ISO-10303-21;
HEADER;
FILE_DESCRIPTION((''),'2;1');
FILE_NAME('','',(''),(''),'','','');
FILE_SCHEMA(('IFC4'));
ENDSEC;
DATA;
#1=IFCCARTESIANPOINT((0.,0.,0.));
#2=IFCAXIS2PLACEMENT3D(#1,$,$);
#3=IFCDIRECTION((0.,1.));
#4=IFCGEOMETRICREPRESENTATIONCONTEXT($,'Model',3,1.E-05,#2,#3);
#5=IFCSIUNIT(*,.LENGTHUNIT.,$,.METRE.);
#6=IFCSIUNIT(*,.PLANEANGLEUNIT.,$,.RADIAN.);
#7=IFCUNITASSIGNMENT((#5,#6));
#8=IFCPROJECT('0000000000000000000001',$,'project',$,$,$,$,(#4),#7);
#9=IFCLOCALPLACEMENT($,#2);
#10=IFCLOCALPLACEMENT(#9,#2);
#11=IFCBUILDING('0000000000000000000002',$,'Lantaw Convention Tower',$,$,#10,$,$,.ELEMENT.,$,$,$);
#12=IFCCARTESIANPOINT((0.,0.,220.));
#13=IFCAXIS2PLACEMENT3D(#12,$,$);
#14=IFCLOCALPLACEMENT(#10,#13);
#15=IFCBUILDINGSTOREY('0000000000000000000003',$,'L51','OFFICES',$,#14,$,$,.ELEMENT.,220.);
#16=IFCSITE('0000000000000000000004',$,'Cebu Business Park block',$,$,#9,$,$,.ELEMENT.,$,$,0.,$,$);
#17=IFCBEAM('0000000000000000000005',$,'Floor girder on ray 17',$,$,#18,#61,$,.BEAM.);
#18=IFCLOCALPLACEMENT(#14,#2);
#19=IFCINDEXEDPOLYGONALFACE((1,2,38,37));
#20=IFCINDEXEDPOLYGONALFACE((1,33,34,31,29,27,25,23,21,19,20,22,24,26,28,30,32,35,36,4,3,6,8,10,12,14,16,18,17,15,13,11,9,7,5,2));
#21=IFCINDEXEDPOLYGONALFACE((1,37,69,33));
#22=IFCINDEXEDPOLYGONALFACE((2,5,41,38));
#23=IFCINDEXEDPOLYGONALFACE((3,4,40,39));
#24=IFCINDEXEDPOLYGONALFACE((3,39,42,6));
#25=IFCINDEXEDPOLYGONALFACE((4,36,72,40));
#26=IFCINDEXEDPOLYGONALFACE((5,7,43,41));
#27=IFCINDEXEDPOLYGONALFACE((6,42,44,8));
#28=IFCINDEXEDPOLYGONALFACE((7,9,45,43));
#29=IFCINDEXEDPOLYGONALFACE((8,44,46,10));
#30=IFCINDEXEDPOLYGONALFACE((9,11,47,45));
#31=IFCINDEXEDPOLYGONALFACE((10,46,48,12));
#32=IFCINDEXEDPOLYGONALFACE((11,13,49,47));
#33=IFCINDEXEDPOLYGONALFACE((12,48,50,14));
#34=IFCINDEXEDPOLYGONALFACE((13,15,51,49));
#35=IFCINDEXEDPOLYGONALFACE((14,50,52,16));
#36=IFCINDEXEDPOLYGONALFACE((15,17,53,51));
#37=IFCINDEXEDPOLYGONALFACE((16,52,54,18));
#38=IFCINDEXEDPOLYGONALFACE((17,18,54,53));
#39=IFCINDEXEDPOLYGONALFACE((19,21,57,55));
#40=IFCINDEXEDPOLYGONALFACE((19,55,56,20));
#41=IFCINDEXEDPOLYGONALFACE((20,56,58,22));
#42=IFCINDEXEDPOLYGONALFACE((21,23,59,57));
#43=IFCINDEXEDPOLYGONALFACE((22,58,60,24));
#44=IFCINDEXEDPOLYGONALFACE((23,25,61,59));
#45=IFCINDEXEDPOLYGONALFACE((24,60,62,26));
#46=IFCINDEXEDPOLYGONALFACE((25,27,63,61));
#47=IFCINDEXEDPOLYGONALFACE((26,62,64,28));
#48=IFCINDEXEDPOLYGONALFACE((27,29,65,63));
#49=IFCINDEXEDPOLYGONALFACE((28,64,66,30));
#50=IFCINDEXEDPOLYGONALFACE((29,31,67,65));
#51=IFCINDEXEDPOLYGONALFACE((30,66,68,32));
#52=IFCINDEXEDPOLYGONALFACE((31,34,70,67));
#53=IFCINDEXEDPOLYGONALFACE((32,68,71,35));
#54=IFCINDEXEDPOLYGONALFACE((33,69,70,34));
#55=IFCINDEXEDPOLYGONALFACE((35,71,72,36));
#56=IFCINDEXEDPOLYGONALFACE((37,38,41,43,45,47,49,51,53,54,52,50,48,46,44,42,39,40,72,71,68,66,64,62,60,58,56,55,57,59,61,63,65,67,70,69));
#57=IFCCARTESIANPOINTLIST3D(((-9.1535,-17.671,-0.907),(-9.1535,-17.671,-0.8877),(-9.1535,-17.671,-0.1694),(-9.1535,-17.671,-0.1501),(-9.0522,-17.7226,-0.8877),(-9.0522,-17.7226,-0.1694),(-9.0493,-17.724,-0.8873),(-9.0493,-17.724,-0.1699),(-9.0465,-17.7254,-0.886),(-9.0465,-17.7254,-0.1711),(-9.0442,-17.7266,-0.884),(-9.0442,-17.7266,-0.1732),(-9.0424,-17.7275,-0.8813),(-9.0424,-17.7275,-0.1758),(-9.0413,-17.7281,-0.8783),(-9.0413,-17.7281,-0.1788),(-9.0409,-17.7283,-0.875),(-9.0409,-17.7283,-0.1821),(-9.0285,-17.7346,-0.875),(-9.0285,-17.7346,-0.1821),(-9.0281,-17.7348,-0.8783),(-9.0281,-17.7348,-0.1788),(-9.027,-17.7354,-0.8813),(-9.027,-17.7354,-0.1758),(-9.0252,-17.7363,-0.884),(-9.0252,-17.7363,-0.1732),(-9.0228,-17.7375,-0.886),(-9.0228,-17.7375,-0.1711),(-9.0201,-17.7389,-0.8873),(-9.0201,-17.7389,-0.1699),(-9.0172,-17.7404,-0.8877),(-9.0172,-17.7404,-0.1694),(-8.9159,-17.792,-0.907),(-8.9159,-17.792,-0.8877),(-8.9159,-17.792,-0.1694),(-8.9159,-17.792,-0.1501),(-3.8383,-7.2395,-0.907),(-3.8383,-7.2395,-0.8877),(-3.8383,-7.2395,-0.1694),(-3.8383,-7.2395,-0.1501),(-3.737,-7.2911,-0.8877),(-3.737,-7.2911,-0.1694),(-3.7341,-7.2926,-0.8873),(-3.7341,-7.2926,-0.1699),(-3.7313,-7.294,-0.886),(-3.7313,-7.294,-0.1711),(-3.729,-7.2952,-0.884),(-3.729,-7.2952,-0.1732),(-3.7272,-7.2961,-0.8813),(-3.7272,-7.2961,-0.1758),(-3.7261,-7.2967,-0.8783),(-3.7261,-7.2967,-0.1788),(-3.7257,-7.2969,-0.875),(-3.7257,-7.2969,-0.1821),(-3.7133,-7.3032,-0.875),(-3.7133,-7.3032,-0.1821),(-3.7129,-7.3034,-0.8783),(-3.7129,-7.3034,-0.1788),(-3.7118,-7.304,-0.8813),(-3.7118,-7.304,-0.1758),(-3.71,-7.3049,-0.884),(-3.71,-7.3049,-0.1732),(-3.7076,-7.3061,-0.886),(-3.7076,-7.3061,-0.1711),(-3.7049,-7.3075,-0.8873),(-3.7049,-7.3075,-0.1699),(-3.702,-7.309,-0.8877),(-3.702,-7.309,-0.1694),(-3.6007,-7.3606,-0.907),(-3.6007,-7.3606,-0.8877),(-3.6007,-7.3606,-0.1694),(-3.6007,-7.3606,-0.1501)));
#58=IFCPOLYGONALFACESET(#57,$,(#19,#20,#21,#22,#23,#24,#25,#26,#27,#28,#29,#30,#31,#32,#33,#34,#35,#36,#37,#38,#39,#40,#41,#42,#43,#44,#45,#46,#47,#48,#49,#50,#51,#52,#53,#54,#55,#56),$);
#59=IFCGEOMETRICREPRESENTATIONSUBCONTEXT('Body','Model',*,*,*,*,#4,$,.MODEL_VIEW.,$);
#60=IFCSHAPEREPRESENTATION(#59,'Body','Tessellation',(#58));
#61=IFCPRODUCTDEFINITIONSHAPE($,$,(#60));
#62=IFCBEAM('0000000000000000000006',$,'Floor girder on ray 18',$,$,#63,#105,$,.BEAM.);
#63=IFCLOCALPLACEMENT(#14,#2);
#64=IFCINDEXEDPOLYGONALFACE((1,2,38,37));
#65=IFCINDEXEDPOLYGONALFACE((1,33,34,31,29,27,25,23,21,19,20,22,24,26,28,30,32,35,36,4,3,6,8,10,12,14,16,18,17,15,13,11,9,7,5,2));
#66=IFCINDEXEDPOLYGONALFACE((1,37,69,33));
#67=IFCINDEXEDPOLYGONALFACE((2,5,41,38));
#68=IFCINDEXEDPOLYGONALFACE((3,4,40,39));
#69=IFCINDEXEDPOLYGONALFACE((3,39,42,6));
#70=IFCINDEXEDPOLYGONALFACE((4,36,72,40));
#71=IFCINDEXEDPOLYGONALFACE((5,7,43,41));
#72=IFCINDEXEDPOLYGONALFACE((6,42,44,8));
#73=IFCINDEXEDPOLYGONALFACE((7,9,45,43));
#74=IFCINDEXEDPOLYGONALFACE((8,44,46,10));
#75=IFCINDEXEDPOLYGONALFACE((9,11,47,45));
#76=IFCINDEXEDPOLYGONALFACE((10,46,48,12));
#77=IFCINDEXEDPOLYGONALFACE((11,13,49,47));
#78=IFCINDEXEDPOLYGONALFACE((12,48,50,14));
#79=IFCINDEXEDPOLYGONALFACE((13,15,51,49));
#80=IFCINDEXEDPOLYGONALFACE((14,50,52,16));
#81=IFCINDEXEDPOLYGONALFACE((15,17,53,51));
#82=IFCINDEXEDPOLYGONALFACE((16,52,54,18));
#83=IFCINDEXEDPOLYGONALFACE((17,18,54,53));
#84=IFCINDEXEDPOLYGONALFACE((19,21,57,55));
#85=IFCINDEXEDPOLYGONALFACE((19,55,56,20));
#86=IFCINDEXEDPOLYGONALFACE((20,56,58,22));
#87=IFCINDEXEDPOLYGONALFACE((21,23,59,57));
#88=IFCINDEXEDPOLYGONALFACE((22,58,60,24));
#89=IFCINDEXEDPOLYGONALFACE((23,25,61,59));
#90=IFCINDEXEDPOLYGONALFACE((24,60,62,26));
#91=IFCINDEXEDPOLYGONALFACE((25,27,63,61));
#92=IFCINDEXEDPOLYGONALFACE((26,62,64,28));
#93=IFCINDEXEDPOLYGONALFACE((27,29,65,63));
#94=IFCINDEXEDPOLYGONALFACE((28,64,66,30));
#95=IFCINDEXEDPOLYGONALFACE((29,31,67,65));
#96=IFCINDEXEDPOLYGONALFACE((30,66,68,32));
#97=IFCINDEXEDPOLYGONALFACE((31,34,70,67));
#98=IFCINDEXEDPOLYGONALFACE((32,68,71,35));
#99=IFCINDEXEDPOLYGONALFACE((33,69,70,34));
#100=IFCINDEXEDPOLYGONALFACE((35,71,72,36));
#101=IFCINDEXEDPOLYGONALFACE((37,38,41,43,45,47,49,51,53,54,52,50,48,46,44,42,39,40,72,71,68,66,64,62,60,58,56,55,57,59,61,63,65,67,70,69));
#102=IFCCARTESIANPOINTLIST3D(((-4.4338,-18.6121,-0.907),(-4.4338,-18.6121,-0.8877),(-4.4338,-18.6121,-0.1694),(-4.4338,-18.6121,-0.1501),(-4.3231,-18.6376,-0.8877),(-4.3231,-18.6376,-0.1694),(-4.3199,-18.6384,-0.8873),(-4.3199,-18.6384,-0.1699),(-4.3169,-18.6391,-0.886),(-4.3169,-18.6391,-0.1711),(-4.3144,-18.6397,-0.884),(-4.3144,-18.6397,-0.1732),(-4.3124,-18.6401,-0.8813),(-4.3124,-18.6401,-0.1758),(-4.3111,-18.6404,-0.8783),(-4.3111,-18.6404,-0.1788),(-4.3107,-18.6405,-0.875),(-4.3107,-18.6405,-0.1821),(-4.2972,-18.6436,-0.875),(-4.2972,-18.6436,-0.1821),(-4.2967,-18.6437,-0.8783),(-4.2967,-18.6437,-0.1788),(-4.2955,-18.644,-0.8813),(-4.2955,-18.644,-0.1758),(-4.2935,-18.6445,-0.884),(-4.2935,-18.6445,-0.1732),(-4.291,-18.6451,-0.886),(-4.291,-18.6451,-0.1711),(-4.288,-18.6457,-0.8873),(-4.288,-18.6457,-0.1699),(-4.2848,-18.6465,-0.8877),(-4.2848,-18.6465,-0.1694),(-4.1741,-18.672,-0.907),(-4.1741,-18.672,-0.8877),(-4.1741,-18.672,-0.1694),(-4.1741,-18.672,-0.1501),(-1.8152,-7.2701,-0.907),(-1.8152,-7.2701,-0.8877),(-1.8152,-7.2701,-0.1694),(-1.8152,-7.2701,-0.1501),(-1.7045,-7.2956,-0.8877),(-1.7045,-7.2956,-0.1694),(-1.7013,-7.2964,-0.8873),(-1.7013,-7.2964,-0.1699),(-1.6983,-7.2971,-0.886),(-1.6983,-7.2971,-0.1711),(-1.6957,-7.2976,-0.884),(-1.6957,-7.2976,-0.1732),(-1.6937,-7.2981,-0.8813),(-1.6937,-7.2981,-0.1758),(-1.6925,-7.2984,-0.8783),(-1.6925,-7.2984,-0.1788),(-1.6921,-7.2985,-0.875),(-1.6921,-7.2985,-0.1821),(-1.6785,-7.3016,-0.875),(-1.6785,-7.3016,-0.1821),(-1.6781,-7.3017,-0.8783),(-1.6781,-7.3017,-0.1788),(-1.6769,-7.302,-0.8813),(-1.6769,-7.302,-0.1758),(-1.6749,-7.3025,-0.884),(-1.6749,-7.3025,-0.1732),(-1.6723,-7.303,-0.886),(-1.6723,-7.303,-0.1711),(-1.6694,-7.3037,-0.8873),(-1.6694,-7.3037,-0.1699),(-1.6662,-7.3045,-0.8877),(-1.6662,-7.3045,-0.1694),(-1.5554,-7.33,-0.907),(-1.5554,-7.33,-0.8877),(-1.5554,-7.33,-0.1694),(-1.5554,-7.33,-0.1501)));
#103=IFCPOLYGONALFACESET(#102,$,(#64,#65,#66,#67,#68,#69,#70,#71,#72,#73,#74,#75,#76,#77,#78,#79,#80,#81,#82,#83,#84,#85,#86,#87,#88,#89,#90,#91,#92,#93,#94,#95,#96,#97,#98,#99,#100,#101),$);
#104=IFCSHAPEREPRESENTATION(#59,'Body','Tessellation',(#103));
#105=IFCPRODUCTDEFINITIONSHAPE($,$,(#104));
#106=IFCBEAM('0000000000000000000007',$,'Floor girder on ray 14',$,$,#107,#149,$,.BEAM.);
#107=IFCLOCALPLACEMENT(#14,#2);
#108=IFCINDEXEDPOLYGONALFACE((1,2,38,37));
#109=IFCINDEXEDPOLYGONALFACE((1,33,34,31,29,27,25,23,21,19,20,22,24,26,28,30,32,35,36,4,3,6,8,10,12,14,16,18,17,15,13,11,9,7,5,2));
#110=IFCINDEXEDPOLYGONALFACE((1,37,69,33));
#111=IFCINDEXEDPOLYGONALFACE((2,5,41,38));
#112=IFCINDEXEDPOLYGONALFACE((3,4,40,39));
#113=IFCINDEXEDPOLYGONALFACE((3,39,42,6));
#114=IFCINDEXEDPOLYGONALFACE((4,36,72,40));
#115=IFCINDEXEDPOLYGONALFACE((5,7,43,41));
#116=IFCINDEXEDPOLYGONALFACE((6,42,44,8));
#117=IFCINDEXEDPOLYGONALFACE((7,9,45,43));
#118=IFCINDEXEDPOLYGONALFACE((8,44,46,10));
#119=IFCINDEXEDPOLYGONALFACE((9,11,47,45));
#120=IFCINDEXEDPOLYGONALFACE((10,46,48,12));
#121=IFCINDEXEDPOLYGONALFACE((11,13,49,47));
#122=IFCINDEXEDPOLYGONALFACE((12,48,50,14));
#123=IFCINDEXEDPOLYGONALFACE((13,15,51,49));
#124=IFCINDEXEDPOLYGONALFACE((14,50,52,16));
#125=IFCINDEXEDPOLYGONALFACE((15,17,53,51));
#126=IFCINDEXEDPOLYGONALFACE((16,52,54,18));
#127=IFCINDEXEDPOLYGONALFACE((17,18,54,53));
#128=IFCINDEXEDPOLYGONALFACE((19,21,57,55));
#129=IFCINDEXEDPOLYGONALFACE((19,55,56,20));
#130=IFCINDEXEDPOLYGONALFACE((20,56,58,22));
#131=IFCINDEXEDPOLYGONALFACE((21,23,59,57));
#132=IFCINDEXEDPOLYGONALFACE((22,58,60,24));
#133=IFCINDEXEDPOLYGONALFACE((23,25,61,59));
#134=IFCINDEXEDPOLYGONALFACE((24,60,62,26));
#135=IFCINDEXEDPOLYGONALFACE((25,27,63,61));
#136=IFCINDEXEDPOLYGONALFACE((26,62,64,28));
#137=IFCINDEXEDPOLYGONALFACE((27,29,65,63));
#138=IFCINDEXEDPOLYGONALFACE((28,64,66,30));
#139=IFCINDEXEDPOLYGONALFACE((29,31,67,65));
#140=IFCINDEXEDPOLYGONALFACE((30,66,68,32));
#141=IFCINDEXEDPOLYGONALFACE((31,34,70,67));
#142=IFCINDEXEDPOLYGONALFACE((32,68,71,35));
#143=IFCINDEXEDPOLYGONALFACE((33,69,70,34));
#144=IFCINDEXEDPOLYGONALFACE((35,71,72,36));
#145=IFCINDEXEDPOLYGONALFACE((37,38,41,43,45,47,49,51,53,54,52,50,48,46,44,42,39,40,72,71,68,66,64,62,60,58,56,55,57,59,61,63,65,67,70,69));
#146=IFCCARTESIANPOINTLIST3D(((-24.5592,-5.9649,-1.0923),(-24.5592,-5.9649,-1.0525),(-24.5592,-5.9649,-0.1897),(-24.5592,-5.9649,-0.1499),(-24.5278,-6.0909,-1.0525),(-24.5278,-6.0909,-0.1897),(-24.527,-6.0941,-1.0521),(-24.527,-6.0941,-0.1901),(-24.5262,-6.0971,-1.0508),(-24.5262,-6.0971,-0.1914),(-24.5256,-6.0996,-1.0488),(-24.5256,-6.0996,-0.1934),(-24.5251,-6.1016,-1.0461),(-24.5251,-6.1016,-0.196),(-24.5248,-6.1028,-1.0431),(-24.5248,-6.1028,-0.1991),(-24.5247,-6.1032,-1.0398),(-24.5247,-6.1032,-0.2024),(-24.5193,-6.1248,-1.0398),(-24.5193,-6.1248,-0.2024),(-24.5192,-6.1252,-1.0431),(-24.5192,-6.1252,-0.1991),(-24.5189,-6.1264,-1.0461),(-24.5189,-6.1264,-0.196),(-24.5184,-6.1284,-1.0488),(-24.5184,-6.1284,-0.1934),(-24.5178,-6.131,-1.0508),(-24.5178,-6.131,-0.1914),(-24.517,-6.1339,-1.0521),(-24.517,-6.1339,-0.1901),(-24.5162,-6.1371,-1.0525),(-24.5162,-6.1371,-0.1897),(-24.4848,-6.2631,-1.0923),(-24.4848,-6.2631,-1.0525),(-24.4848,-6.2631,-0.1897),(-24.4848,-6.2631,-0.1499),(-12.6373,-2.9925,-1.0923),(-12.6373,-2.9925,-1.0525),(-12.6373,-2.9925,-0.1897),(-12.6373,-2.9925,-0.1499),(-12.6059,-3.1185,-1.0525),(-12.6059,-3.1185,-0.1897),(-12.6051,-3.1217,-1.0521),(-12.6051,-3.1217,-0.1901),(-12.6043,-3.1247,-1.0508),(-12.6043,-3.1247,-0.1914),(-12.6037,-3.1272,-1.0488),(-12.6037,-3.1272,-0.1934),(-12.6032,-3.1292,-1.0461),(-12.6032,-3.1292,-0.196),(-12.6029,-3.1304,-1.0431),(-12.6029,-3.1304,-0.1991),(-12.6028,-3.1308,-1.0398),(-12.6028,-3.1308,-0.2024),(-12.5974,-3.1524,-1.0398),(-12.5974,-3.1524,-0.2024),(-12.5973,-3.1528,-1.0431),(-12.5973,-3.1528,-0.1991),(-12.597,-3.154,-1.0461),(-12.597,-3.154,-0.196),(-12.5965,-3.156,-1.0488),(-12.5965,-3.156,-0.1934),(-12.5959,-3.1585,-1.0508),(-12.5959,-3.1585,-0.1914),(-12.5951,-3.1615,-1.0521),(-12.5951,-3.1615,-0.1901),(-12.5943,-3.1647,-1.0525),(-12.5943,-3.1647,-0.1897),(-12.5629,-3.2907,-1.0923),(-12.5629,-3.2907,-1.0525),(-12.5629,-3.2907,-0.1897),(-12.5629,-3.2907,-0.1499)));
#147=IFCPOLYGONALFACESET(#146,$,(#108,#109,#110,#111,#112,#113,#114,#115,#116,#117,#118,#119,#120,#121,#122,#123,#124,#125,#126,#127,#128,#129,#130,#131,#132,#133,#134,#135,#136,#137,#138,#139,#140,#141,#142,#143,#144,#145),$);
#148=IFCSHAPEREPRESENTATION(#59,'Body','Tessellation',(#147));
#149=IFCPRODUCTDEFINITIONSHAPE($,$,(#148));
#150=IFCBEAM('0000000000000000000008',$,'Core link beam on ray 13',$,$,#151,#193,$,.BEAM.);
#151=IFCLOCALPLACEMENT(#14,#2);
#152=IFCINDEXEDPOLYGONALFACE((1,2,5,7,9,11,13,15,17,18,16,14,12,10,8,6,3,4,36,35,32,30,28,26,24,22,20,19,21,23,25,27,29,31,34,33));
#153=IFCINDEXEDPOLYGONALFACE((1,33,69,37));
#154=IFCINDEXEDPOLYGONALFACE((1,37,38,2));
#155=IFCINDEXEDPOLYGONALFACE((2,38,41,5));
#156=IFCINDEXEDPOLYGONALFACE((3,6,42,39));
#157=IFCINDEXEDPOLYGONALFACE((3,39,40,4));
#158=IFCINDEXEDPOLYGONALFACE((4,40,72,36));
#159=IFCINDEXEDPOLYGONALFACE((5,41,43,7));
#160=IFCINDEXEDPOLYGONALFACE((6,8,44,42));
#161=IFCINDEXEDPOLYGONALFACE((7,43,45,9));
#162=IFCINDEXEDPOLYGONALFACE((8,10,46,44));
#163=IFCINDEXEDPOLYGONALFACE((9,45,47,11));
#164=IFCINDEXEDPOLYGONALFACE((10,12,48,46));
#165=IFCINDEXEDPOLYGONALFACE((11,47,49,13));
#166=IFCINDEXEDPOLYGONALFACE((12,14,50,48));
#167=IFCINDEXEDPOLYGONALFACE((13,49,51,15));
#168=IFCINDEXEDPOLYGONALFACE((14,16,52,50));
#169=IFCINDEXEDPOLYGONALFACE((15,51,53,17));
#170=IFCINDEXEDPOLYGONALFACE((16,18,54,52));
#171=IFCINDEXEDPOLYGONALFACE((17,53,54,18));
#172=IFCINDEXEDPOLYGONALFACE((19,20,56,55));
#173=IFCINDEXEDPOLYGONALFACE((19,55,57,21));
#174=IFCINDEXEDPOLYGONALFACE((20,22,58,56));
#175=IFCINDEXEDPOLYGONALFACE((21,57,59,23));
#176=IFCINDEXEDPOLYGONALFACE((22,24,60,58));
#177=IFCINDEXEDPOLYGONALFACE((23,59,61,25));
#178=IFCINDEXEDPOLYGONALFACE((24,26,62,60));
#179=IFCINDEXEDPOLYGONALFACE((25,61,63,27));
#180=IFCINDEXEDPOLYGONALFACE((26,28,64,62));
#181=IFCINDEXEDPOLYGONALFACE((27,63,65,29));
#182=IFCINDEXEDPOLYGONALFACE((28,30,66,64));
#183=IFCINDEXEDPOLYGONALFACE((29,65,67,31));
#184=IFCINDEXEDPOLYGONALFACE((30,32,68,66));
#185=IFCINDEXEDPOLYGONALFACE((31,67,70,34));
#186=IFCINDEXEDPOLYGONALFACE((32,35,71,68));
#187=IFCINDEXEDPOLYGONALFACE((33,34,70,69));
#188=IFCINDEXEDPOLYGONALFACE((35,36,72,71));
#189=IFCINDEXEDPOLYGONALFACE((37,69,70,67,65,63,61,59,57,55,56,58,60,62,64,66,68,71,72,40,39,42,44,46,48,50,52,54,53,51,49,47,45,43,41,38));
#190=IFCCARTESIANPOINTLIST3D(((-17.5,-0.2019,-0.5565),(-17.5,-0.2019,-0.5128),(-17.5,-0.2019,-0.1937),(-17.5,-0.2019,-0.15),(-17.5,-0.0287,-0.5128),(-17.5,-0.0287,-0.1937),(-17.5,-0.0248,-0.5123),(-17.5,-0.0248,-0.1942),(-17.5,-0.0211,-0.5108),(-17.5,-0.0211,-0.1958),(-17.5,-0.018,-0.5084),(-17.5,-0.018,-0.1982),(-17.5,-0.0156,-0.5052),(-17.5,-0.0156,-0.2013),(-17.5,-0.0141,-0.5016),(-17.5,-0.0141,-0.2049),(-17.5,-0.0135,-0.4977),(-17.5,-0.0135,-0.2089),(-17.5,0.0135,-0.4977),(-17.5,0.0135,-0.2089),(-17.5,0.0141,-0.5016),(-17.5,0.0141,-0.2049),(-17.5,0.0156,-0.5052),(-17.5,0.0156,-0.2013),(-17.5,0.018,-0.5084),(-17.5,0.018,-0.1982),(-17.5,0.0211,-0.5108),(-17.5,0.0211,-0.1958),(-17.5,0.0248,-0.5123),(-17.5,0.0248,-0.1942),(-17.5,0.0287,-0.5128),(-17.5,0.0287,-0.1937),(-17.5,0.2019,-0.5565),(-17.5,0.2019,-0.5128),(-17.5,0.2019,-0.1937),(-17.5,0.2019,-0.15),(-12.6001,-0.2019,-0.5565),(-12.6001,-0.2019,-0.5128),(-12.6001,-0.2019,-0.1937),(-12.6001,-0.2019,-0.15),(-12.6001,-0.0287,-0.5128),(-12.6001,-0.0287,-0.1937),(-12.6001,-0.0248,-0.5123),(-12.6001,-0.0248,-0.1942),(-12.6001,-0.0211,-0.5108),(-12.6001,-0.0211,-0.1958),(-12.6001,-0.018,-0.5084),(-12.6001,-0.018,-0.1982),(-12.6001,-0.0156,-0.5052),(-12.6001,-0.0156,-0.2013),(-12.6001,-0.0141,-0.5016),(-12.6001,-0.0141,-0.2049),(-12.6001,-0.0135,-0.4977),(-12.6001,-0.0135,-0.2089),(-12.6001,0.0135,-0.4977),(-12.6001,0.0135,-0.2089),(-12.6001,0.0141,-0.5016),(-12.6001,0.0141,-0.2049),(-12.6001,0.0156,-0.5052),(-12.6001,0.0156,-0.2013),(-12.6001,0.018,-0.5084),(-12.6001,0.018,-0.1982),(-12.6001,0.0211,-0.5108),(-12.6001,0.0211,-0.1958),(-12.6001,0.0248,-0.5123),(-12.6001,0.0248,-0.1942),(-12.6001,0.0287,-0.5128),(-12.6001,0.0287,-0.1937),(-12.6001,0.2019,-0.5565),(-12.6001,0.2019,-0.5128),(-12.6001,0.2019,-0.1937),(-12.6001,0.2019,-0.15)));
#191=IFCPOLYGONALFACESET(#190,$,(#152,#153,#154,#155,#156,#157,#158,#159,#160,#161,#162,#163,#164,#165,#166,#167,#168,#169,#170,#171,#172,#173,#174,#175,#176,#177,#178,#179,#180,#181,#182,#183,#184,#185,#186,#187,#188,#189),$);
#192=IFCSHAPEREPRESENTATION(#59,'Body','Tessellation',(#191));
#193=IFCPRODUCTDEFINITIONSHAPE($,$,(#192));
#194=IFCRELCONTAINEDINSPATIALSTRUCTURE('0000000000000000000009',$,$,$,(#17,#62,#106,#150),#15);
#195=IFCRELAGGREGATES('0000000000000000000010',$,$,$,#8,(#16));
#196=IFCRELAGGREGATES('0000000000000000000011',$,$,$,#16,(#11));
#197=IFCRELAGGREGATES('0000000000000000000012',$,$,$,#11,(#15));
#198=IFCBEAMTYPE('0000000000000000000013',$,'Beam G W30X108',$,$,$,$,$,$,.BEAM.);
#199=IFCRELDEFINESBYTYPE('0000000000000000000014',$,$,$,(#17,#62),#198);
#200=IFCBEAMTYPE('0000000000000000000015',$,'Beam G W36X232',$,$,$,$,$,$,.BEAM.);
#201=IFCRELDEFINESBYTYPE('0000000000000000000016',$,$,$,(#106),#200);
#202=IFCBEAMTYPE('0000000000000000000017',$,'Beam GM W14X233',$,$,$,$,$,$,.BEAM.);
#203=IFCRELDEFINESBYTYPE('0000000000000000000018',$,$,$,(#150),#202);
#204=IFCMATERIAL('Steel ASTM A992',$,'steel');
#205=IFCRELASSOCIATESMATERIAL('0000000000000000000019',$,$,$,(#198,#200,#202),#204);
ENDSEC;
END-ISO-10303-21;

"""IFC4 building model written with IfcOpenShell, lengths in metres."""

from ifc_helpers import new_model, si_unit, direction, frame, origin, origin_2d, place, context, subcontext, project, spatial, i_section, extrude, material, material_profile, profile_set, type_object, element, save


model = new_model("IFC4")

# Units and contexts
model_context = context("Model", 3, precision=1e-05, world=origin(), true_north=direction((0.0, 1.0)))
body_context = subcontext(model_context, "Body", "Model", "MODEL_VIEW")
ifc_project = project(units=[si_unit("LENGTHUNIT", "METRE"), si_unit("PLANEANGLEUNIT", "RADIAN")], contexts=[model_context])

# Site, building, storey
site_placement = place(None, origin())
site = spatial("IfcSite", under=ifc_project, at=site_placement, Name="Cebu Business Park block", CompositionType="ELEMENT", RefElevation=0.0)
building_placement = place(site_placement, origin())
building = spatial("IfcBuilding", under=site, at=building_placement, Name="Lantaw Convention Tower", CompositionType="ELEMENT")
storey_placement = place(building_placement, frame((0.0, 0.0, 220.0)))
storey = spatial("IfcBuildingStorey", under=building, at=storey_placement, Name="L51", Description="OFFICES", CompositionType="ELEMENT", Elevation=220.0)

# Beams
ifc_material_1 = material(Name="Steel ASTM A992", Category="steel")
ifc_material_profile_1 = material_profile(ifc_material_1, i_section(OverallWidth=0.2666, OverallDepth=0.7568, WebThickness=0.0139, FlangeThickness=0.0193, FilletRadius=0.0127, at=origin_2d()), Name="W30X108")
ifc_profile_set_1 = profile_set([ifc_material_profile_1], Name="Steel ASTM A992")
beam_type_1 = type_object("IfcBeamType", Name="Beam G W30X108", PredefinedType="BEAM", material=ifc_profile_set_1)
beam_1_placement = place(storey_placement, frame((-3.7195, -7.3, -0.5286), z_axis=(-0.453999, -0.891002, 0.0), x_axis=(0.891002, -0.453999, 0.0)))
element("IfcBeam", 1, at=beam_1_placement, inside=storey, type_object=beam_type_1, Name="Floor girder on ray 17", PredefinedType="BEAM", context=body_context, shape_type="SweptSolid", body=[
    extrude(i_section(OverallWidth=0.2666, OverallDepth=0.7568, WebThickness=0.0139, FlangeThickness=0.0193, FilletRadius=0.0127, at=origin_2d()), origin(), (0.0, 0.0, 1.0), 11.7075),
])
beam_2_placement = place(storey_placement, frame((-1.6853, -7.3, -0.5286), z_axis=(-0.224962, -0.974368, 0.0), x_axis=(0.974368, -0.224962, 0.0)))
element("IfcBeam", 2, at=beam_2_placement, inside=storey, type_object=beam_type_1, Name="Floor girder on ray 18", PredefinedType="BEAM", context=body_context, shape_type="SweptSolid", body=[
    extrude(i_section(OverallWidth=0.2666, OverallDepth=0.7568, WebThickness=0.0139, FlangeThickness=0.0193, FilletRadius=0.0127, at=origin_2d()), origin(), (0.0, 0.0, 1.0), 11.6404),
])
ifc_material_profile_2 = material_profile(ifc_material_1, i_section(OverallWidth=0.3074, OverallDepth=0.9424, WebThickness=0.0222, FlangeThickness=0.0398, FilletRadius=0.0127, at=origin_2d()), Name="W36X232")
ifc_profile_set_2 = profile_set([ifc_material_profile_2], Name="Steel ASTM A992")
beam_type_2 = type_object("IfcBeamType", Name="Beam G W36X232", PredefinedType="BEAM", material=ifc_profile_set_2)
beam_3_placement = place(storey_placement, frame((-12.6001, -3.1416, -0.6211), z_axis=(-0.970297, -0.241918, 0.0), x_axis=(0.241918, -0.970297, 0.0)))
element("IfcBeam", 3, at=beam_3_placement, inside=storey, type_object=beam_type_2, Name="Floor girder on ray 14", PredefinedType="BEAM", context=body_context, shape_type="SweptSolid", body=[
    extrude(i_section(OverallWidth=0.3074, OverallDepth=0.9424, WebThickness=0.0222, FlangeThickness=0.0398, FilletRadius=0.0127, at=origin_2d()), origin(), (0.0, 0.0, 1.0), 12.2869),
])
ifc_material_profile_3 = material_profile(ifc_material_1, i_section(OverallWidth=0.4038, OverallDepth=0.4065, WebThickness=0.0271, FlangeThickness=0.0437, FilletRadius=0.0151, at=origin_2d()), Name="W14X233")
ifc_profile_set_3 = profile_set([ifc_material_profile_3], Name="Steel ASTM A992")
beam_type_3 = type_object("IfcBeamType", Name="Beam GM W14X233", PredefinedType="BEAM", material=ifc_profile_set_3)
beam_4_placement = place(storey_placement, frame((-12.6001, 0.0, -0.3533), z_axis=(-1.0, 0.0, 0.0), x_axis=(0.0, -1.0, 0.0)))
element("IfcBeam", 4, at=beam_4_placement, inside=storey, type_object=beam_type_3, Name="Core link beam on ray 13", PredefinedType="BEAM", context=body_context, shape_type="SweptSolid", body=[
    extrude(i_section(OverallWidth=0.4038, OverallDepth=0.4065, WebThickness=0.0271, FlangeThickness=0.0437, FilletRadius=0.0151, at=origin_2d()), origin(), (0.0, 0.0, 1.0), 4.8999),
])

save(model, "model.ifc")
